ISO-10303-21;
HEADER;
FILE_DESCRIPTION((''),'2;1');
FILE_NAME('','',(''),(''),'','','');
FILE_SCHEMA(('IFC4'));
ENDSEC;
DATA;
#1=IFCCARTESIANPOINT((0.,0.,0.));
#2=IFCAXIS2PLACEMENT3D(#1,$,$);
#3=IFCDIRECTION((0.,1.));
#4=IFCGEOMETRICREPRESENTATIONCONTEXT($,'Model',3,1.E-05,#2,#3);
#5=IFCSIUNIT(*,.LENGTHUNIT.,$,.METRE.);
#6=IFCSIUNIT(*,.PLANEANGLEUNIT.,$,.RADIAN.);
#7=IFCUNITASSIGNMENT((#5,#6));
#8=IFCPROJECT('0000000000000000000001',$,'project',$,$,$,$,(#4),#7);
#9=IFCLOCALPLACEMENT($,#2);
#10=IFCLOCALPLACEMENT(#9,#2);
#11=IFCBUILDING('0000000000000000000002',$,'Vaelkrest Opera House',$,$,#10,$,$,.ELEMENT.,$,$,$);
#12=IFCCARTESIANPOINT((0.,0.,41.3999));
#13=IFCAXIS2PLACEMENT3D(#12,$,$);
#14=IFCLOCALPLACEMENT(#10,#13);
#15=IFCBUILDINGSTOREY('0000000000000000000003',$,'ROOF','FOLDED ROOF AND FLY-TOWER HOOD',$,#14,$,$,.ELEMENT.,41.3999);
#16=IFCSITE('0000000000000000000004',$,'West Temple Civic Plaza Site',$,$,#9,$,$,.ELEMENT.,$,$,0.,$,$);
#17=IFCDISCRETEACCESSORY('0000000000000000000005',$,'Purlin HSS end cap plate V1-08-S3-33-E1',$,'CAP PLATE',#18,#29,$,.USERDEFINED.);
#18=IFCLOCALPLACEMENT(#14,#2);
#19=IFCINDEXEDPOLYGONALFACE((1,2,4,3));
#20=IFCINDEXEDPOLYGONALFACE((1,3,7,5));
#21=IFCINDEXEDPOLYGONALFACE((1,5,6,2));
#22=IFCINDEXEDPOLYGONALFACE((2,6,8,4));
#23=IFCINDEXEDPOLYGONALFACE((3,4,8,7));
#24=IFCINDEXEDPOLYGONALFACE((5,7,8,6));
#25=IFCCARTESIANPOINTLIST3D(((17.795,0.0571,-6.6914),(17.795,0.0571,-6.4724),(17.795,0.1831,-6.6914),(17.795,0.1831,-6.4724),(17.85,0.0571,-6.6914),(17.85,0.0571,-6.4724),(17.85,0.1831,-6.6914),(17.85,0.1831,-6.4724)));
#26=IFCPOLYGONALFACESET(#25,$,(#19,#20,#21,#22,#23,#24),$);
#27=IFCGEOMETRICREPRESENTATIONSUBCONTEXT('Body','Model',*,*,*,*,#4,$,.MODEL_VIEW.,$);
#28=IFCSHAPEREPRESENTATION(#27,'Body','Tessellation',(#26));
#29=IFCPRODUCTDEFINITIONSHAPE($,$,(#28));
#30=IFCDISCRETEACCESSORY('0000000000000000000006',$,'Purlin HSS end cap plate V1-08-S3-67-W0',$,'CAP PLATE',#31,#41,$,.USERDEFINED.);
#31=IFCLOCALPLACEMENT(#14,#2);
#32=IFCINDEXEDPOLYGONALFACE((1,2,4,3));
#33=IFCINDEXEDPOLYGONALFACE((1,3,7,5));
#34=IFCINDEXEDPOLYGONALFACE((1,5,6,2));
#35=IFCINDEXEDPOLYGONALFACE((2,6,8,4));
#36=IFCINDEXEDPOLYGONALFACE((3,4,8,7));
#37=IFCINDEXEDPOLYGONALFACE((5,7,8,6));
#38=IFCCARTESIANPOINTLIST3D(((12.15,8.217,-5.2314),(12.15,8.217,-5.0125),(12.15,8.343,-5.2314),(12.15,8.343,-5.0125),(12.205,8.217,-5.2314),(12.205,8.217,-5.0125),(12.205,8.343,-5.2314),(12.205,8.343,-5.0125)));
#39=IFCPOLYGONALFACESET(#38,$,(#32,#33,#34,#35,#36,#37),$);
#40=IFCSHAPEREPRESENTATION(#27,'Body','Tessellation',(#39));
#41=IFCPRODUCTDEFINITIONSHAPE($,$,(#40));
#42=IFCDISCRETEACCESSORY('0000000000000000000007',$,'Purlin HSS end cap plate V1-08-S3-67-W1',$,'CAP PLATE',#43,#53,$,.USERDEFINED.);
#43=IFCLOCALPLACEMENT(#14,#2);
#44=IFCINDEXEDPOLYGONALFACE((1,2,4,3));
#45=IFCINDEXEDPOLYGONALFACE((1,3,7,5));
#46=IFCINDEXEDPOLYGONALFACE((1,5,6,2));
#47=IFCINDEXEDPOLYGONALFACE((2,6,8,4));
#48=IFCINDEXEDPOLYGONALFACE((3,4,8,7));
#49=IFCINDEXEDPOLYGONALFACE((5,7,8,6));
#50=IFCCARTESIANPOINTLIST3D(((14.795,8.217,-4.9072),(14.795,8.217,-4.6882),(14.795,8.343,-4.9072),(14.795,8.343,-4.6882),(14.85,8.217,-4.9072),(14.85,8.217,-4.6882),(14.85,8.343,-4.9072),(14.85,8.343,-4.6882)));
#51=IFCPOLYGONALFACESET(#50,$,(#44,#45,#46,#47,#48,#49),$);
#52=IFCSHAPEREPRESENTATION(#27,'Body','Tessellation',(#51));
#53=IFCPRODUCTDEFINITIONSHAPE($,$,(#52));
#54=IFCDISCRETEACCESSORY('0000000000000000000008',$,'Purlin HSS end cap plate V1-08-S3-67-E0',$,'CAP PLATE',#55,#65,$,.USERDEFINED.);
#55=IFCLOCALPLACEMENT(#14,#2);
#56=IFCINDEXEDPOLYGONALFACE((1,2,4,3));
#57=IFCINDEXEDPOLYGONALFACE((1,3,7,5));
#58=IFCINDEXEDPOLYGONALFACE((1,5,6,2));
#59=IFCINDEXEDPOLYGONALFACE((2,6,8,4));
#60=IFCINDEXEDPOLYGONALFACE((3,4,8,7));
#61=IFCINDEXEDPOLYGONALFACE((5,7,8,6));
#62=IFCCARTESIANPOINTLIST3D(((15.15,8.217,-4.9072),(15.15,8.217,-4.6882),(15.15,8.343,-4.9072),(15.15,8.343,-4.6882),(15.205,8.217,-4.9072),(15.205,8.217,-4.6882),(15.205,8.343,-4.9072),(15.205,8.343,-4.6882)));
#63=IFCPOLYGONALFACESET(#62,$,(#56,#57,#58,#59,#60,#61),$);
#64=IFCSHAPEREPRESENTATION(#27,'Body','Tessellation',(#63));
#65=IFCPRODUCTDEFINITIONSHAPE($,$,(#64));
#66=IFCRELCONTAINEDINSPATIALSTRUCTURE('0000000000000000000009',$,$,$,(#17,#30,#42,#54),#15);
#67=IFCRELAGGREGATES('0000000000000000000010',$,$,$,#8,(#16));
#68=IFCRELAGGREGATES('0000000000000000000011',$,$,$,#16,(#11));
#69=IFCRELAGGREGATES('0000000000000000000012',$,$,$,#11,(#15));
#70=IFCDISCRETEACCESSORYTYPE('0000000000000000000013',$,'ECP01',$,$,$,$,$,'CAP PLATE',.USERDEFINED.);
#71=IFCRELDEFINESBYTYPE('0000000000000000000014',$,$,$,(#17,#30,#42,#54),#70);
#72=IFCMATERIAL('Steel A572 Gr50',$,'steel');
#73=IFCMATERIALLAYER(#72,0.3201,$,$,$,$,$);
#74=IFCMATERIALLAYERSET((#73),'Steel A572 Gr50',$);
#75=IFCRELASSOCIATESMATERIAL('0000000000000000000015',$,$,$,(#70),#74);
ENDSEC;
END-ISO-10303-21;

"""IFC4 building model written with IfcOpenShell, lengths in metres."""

from ifc_helpers import new_model, si_unit, direction, frame, origin, origin_2d, place, context, subcontext, project, spatial, rectangle, extrude, material, layer, layer_set, type_object, element, save


model = new_model("IFC4")

# Units and contexts
model_context = context("Model", 3, precision=1e-05, world=origin(), true_north=direction((0.0, 1.0)))
body_context = subcontext(model_context, "Body", "Model", "MODEL_VIEW")
ifc_project = project(units=[si_unit("LENGTHUNIT", "METRE"), si_unit("PLANEANGLEUNIT", "RADIAN")], contexts=[model_context])

# Site, building, storey
site_placement = place(None, origin())
site = spatial("IfcSite", under=ifc_project, at=site_placement, Name="West Temple Civic Plaza Site", CompositionType="ELEMENT", RefElevation=0.0)
building_placement = place(site_placement, origin())
building = spatial("IfcBuilding", under=site, at=building_placement, Name="Vaelkrest Opera House", CompositionType="ELEMENT")
storey_placement = place(building_placement, frame((0.0, 0.0, 41.3999)))
storey = spatial("IfcBuildingStorey", under=building, at=storey_placement, Name="ROOF", Description="FOLDED ROOF AND FLY-TOWER HOOD", CompositionType="ELEMENT", Elevation=41.3999)

# Shared definitions
ifc_material_1 = material(Name="Steel A572 Gr50", Category="steel")

# Discrete accessories
ifc_layer_1 = layer(ifc_material_1, 0.3201)
ifc_layer_set_1 = layer_set([ifc_layer_1], Name="Steel A572 Gr50")
discrete_accessory_type = type_object("IfcDiscreteAccessoryType", Name="ECP01", ElementType="CAP PLATE", PredefinedType="USERDEFINED", material=ifc_layer_set_1)
for number, where, z_axis, x_axis, name in (
    (1, (17.8225, 0.1201, -6.6914), (0.0, 0.0, 1.0), (1.0, 0.0, 0.0), "Purlin HSS end cap plate V1-08-S3-33-E1"),
    (2, (12.1775, 8.28, -5.2314), (0.0, 0.0, 1.0), (1.0, 0.0, 0.0), "Purlin HSS end cap plate V1-08-S3-67-W0"),
    (3, (14.8225, 8.28, -4.9072), (0.0, 0.0, 1.0), (1.0, 0.0, 0.0), "Purlin HSS end cap plate V1-08-S3-67-W1"),
    (4, (15.1775, 8.28, -4.9072), (0.0, 0.0, 1.0), (1.0, 0.0, 0.0), "Purlin HSS end cap plate V1-08-S3-67-E0"),
):
    element("IfcDiscreteAccessory", number, at=place(storey_placement, frame(where, z_axis=z_axis, x_axis=x_axis)), inside=storey, type_object=discrete_accessory_type, Name=name, ObjectType="CAP PLATE", PredefinedType="USERDEFINED", context=body_context, shape_type="SweptSolid", body=[
        extrude(rectangle(XDim=0.0549, YDim=0.126, at=origin_2d()), origin(), (0.0, 0.0, 1.0), 0.219),
    ])

save(model, "model.ifc")
